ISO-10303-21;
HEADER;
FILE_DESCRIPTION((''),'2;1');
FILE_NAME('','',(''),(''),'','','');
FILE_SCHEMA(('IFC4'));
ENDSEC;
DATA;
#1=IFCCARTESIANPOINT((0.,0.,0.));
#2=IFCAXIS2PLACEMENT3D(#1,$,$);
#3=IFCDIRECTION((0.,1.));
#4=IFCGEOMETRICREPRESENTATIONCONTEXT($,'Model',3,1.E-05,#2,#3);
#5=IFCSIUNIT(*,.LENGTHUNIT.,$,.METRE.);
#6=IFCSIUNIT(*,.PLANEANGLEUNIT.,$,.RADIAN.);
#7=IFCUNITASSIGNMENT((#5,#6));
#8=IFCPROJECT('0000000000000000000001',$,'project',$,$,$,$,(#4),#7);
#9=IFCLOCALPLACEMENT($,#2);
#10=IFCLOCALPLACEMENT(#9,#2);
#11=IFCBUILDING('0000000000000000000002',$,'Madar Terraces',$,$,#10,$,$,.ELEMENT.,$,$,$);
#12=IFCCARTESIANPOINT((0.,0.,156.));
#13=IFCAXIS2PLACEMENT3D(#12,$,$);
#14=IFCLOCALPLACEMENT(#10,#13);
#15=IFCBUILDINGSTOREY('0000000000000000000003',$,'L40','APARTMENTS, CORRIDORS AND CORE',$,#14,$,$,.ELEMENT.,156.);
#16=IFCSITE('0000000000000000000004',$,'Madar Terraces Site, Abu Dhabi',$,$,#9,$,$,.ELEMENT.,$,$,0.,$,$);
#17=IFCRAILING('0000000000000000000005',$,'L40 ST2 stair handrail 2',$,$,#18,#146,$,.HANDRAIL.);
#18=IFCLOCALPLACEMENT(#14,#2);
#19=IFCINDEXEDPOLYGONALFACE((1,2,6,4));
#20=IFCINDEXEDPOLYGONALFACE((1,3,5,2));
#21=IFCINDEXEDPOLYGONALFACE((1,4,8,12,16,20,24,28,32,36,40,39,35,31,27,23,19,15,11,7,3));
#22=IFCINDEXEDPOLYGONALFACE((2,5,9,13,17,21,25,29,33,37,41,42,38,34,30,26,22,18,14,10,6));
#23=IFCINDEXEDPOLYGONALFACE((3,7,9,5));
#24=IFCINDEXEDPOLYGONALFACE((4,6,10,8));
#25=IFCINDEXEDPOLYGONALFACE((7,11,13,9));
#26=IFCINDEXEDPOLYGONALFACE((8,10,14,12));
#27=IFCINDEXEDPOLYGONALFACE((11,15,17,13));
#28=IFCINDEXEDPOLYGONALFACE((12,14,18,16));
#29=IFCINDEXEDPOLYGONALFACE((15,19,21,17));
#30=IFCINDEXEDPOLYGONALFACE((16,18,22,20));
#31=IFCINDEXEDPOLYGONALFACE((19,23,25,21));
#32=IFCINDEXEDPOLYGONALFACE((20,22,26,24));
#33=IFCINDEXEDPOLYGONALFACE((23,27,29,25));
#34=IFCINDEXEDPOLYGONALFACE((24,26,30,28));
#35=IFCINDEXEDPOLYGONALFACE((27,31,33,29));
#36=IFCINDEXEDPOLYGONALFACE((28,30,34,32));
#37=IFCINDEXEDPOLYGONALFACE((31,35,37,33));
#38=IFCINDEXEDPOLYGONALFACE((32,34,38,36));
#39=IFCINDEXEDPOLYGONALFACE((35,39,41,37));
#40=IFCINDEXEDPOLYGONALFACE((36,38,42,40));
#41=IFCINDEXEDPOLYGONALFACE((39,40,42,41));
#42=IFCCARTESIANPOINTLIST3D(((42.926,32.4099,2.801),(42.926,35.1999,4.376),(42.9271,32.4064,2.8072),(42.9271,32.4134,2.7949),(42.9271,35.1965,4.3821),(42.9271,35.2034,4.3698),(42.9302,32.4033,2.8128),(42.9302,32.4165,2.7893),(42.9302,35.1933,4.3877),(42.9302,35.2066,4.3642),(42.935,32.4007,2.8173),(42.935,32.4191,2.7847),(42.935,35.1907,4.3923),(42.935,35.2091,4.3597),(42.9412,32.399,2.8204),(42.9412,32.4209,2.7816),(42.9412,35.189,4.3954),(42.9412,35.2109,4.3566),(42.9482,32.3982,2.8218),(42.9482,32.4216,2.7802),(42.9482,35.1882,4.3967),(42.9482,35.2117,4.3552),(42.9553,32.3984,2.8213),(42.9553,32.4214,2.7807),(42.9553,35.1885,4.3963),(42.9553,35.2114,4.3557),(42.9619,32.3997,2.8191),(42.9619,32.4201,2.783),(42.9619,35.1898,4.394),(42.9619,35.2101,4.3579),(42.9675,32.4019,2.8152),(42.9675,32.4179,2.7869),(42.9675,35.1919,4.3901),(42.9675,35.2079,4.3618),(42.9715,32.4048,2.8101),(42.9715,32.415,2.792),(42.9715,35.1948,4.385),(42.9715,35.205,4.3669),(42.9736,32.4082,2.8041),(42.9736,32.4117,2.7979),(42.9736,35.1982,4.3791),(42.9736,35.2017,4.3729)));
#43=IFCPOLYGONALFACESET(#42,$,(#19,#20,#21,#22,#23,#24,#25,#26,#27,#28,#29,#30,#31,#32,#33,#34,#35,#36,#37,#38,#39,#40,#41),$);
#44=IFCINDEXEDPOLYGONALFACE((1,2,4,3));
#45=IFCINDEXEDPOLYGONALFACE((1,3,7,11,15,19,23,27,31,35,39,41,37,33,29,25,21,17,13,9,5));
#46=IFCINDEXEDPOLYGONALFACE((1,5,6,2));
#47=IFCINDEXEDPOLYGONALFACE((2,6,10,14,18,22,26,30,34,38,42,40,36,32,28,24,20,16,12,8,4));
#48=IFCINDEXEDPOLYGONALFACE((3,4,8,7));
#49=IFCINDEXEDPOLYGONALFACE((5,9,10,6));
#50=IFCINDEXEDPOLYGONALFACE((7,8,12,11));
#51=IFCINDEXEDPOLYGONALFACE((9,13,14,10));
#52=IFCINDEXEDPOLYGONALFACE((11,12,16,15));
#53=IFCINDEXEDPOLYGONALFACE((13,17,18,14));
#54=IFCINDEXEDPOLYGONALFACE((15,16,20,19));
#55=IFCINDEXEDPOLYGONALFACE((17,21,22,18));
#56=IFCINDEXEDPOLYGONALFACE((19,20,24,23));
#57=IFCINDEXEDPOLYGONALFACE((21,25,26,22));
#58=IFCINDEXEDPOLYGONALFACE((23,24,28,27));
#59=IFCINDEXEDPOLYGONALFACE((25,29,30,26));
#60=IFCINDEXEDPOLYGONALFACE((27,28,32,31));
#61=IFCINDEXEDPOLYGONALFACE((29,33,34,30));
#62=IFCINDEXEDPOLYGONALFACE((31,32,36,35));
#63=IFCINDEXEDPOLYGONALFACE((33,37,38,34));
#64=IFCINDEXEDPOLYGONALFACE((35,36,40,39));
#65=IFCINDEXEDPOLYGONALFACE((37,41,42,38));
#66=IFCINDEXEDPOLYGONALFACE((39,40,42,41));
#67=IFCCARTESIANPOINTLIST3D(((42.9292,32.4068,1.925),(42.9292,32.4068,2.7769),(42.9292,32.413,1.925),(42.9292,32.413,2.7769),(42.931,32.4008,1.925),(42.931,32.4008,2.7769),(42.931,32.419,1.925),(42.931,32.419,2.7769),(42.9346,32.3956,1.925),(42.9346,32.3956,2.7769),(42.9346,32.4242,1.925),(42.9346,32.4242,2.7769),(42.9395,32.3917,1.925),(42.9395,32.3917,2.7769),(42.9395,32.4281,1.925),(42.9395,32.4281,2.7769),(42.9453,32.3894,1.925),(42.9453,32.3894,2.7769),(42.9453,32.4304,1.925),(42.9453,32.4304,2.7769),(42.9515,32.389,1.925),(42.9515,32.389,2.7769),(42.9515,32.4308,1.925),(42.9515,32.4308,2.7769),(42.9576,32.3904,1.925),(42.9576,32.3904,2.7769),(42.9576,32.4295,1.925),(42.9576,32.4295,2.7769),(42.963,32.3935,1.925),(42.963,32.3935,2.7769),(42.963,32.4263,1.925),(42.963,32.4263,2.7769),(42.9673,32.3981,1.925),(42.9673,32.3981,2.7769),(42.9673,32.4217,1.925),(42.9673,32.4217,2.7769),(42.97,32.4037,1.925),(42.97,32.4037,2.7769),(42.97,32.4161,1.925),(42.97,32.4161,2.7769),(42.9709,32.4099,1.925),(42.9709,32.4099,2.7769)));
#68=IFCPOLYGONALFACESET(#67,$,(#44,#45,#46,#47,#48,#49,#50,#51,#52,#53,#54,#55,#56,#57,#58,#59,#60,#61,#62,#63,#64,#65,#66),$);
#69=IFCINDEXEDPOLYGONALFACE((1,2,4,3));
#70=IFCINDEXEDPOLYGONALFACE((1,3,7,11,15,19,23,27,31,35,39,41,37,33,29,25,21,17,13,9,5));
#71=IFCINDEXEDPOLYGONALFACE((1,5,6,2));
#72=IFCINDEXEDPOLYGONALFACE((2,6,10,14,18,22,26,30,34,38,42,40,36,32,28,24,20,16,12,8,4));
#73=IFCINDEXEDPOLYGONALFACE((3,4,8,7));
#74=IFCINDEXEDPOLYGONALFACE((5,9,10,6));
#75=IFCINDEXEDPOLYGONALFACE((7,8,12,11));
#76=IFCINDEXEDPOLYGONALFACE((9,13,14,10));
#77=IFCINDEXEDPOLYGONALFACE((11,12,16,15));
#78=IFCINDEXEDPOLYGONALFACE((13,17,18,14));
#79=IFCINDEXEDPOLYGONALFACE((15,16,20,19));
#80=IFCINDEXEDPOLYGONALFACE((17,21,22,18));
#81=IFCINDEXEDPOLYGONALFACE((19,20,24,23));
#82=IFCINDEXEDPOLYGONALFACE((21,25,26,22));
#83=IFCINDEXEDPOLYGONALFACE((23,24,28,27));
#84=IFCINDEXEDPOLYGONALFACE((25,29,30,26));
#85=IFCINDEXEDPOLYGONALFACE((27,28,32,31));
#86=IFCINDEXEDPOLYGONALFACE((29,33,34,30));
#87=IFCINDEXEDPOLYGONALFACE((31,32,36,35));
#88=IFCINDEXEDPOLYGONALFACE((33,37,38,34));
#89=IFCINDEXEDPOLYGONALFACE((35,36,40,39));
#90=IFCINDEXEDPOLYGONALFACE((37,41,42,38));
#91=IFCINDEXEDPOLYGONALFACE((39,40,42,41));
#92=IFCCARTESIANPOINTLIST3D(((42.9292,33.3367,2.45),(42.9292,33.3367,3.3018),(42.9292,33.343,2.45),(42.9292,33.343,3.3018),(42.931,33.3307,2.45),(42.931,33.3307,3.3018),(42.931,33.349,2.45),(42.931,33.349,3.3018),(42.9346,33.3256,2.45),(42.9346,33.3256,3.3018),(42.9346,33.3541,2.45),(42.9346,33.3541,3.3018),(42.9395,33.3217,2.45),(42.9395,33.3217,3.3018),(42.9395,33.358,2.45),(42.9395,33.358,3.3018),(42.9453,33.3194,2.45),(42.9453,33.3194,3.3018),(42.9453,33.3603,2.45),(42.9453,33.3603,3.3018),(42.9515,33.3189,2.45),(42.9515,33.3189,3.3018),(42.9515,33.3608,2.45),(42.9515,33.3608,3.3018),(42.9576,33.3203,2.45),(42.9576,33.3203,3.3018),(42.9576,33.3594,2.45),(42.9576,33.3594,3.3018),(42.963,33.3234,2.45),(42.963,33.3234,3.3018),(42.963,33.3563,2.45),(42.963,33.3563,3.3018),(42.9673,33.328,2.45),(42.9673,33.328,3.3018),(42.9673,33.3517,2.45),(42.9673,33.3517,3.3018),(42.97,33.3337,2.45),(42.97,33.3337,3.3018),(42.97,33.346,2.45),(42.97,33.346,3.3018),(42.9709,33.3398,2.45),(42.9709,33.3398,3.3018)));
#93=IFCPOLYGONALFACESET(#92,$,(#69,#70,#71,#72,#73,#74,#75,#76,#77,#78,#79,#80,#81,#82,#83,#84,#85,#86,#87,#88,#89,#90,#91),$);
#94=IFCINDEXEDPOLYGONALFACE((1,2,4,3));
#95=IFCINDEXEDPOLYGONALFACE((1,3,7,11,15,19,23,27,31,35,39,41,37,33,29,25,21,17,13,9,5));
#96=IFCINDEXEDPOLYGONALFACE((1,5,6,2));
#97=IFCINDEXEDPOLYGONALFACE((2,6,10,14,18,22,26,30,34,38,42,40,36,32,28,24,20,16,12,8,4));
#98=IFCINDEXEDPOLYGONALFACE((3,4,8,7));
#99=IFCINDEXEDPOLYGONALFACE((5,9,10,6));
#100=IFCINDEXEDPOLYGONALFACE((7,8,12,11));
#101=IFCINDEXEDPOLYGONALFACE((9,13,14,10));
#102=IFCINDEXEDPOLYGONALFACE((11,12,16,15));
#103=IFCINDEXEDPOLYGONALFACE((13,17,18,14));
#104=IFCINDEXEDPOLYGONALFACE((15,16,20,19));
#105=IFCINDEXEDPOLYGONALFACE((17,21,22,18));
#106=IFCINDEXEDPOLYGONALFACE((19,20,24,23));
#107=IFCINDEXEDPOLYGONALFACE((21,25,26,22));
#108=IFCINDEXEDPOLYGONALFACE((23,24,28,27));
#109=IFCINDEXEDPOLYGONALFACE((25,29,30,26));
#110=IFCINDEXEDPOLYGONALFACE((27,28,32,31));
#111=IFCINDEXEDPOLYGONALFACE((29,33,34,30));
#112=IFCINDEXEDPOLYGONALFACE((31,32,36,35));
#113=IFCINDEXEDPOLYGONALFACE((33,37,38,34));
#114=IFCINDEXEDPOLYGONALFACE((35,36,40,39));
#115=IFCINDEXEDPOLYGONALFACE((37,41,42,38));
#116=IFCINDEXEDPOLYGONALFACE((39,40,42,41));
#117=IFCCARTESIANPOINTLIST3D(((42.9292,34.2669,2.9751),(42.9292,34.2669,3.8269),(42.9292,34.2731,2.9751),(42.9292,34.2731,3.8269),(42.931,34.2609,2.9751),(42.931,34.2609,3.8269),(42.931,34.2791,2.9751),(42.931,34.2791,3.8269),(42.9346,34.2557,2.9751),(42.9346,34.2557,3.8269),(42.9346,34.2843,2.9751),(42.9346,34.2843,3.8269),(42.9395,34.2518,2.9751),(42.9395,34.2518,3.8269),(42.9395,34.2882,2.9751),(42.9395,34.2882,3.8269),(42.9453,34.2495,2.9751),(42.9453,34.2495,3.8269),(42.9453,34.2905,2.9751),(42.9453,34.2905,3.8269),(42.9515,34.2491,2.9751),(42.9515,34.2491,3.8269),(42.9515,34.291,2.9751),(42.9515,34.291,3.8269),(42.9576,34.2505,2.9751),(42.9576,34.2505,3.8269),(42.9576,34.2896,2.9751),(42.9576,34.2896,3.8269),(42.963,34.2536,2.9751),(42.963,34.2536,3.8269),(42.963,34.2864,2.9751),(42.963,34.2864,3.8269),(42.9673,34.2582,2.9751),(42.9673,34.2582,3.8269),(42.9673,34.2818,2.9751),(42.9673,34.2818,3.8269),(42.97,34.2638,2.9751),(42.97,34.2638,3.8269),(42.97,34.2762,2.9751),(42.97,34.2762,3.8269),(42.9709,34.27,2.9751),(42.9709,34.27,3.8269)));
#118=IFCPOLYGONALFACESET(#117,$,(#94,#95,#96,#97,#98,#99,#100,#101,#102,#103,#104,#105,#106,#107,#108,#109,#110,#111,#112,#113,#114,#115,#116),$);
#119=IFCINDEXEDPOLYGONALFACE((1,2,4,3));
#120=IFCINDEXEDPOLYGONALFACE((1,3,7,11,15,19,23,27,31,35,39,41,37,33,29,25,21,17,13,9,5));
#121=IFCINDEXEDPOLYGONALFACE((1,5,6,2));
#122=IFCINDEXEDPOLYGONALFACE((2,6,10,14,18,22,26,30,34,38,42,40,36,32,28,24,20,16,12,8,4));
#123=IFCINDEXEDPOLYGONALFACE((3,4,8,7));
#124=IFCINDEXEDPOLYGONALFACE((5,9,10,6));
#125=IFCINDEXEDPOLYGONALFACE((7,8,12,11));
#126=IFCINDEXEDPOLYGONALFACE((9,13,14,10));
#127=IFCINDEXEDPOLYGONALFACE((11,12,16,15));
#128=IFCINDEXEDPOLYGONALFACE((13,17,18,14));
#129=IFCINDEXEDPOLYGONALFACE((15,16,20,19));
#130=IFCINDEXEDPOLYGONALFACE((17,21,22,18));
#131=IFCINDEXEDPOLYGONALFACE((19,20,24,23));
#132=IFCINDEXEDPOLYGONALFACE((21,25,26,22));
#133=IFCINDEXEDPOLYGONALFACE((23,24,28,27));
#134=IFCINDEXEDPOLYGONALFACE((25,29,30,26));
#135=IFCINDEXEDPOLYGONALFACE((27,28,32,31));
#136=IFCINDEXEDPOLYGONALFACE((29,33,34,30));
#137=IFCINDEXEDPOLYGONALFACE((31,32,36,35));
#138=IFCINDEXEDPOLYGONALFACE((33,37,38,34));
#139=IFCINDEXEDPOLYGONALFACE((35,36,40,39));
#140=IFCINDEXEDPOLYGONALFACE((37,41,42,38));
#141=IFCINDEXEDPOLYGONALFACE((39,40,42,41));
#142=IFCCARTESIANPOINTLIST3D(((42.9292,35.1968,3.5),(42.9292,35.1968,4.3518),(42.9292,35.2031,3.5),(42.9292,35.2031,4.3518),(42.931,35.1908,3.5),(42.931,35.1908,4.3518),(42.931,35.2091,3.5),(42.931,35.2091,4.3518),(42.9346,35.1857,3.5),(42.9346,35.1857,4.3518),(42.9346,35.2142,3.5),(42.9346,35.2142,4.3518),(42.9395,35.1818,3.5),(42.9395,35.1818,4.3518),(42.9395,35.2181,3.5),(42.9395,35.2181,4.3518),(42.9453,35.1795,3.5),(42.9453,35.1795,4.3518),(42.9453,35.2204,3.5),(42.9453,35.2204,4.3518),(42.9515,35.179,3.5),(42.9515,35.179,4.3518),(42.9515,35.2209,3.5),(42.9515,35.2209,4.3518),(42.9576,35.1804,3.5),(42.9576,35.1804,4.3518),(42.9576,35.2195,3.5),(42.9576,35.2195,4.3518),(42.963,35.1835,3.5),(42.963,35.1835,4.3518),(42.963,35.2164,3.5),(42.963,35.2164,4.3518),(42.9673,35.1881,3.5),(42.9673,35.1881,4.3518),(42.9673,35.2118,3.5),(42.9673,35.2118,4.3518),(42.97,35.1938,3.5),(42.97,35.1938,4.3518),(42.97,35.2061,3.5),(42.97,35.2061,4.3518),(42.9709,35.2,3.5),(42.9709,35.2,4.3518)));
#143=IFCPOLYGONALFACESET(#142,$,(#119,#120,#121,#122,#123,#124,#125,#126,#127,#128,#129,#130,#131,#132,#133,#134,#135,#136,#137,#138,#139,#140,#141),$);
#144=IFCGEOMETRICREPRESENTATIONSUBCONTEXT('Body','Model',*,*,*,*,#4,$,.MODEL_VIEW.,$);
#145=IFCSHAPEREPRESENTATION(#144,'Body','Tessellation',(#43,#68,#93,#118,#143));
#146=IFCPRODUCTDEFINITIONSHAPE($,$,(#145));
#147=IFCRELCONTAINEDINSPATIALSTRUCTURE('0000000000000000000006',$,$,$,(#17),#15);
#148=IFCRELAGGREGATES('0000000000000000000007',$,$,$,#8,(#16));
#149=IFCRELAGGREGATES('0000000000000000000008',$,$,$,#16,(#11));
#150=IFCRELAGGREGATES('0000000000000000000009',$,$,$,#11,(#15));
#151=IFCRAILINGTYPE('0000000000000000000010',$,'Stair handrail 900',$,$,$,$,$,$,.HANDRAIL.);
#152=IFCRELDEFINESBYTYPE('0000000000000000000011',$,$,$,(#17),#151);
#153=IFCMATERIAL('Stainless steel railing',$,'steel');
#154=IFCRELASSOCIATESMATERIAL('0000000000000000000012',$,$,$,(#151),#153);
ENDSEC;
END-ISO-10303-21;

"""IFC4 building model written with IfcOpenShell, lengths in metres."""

from ifc_helpers import new_model, si_unit, direction, frame, origin, origin_2d, place, context, subcontext, project, spatial, circle, extrude, material, type_object, element, save


model = new_model("IFC4")

# Units and contexts
model_context = context("Model", 3, precision=1e-05, world=origin(), true_north=direction((0.0, 1.0)))
body_context = subcontext(model_context, "Body", "Model", "MODEL_VIEW")
ifc_project = project(units=[si_unit("LENGTHUNIT", "METRE"), si_unit("PLANEANGLEUNIT", "RADIAN")], contexts=[model_context])

# Site, building, storey
site_placement = place(None, origin())
site = spatial("IfcSite", under=ifc_project, at=site_placement, Name="Madar Terraces Site, Abu Dhabi", CompositionType="ELEMENT", RefElevation=0.0)
building_placement = place(site_placement, origin())
building = spatial("IfcBuilding", under=site, at=building_placement, Name="Madar Terraces", CompositionType="ELEMENT")
storey_placement = place(building_placement, frame((0.0, 0.0, 156.0)))
storey = spatial("IfcBuildingStorey", under=building, at=storey_placement, Name="L40", Description="APARTMENTS, CORRIDORS AND CORE", CompositionType="ELEMENT", Elevation=156.0)

# Railing
ifc_material_1 = material(Name="Stainless steel railing", Category="steel")
railing_type_1 = type_object("IfcRailingType", Name="Stair handrail 900", PredefinedType="HANDRAIL", material=ifc_material_1)
railing_1_placement = place(storey_placement, frame((42.95, 32.4099, 1.925)))
element("IfcRailing", 1, at=railing_1_placement, inside=storey, type_object=railing_type_1, Name="L40 ST2 stair handrail 2", PredefinedType="HANDRAIL", context=body_context, shape_type="SweptSolid", body=[
    extrude(circle(Radius=0.0239, at=origin_2d()), frame((0.0, 0.0, 0.876), z_axis=(0.0, 0.870834, 0.491578), x_axis=(-1.0, 0.0, 0.0)), (0.0, 0.0, 1.0), 3.2039),
    extrude(circle(Radius=0.021, at=origin_2d()), origin(), (0.0, 0.0, 1.0), 0.8518),
    extrude(circle(Radius=0.021, at=origin_2d()), frame((0.0, 0.9299, 0.5249)), (0.0, 0.0, 1.0), 0.8518),
    extrude(circle(Radius=0.021, at=origin_2d()), frame((0.0, 1.8601, 1.05)), (0.0, 0.0, 1.0), 0.8518),
    extrude(circle(Radius=0.021, at=origin_2d()), frame((0.0, 2.79, 1.575)), (0.0, 0.0, 1.0), 0.8518),
])

save(model, "model.ifc")
